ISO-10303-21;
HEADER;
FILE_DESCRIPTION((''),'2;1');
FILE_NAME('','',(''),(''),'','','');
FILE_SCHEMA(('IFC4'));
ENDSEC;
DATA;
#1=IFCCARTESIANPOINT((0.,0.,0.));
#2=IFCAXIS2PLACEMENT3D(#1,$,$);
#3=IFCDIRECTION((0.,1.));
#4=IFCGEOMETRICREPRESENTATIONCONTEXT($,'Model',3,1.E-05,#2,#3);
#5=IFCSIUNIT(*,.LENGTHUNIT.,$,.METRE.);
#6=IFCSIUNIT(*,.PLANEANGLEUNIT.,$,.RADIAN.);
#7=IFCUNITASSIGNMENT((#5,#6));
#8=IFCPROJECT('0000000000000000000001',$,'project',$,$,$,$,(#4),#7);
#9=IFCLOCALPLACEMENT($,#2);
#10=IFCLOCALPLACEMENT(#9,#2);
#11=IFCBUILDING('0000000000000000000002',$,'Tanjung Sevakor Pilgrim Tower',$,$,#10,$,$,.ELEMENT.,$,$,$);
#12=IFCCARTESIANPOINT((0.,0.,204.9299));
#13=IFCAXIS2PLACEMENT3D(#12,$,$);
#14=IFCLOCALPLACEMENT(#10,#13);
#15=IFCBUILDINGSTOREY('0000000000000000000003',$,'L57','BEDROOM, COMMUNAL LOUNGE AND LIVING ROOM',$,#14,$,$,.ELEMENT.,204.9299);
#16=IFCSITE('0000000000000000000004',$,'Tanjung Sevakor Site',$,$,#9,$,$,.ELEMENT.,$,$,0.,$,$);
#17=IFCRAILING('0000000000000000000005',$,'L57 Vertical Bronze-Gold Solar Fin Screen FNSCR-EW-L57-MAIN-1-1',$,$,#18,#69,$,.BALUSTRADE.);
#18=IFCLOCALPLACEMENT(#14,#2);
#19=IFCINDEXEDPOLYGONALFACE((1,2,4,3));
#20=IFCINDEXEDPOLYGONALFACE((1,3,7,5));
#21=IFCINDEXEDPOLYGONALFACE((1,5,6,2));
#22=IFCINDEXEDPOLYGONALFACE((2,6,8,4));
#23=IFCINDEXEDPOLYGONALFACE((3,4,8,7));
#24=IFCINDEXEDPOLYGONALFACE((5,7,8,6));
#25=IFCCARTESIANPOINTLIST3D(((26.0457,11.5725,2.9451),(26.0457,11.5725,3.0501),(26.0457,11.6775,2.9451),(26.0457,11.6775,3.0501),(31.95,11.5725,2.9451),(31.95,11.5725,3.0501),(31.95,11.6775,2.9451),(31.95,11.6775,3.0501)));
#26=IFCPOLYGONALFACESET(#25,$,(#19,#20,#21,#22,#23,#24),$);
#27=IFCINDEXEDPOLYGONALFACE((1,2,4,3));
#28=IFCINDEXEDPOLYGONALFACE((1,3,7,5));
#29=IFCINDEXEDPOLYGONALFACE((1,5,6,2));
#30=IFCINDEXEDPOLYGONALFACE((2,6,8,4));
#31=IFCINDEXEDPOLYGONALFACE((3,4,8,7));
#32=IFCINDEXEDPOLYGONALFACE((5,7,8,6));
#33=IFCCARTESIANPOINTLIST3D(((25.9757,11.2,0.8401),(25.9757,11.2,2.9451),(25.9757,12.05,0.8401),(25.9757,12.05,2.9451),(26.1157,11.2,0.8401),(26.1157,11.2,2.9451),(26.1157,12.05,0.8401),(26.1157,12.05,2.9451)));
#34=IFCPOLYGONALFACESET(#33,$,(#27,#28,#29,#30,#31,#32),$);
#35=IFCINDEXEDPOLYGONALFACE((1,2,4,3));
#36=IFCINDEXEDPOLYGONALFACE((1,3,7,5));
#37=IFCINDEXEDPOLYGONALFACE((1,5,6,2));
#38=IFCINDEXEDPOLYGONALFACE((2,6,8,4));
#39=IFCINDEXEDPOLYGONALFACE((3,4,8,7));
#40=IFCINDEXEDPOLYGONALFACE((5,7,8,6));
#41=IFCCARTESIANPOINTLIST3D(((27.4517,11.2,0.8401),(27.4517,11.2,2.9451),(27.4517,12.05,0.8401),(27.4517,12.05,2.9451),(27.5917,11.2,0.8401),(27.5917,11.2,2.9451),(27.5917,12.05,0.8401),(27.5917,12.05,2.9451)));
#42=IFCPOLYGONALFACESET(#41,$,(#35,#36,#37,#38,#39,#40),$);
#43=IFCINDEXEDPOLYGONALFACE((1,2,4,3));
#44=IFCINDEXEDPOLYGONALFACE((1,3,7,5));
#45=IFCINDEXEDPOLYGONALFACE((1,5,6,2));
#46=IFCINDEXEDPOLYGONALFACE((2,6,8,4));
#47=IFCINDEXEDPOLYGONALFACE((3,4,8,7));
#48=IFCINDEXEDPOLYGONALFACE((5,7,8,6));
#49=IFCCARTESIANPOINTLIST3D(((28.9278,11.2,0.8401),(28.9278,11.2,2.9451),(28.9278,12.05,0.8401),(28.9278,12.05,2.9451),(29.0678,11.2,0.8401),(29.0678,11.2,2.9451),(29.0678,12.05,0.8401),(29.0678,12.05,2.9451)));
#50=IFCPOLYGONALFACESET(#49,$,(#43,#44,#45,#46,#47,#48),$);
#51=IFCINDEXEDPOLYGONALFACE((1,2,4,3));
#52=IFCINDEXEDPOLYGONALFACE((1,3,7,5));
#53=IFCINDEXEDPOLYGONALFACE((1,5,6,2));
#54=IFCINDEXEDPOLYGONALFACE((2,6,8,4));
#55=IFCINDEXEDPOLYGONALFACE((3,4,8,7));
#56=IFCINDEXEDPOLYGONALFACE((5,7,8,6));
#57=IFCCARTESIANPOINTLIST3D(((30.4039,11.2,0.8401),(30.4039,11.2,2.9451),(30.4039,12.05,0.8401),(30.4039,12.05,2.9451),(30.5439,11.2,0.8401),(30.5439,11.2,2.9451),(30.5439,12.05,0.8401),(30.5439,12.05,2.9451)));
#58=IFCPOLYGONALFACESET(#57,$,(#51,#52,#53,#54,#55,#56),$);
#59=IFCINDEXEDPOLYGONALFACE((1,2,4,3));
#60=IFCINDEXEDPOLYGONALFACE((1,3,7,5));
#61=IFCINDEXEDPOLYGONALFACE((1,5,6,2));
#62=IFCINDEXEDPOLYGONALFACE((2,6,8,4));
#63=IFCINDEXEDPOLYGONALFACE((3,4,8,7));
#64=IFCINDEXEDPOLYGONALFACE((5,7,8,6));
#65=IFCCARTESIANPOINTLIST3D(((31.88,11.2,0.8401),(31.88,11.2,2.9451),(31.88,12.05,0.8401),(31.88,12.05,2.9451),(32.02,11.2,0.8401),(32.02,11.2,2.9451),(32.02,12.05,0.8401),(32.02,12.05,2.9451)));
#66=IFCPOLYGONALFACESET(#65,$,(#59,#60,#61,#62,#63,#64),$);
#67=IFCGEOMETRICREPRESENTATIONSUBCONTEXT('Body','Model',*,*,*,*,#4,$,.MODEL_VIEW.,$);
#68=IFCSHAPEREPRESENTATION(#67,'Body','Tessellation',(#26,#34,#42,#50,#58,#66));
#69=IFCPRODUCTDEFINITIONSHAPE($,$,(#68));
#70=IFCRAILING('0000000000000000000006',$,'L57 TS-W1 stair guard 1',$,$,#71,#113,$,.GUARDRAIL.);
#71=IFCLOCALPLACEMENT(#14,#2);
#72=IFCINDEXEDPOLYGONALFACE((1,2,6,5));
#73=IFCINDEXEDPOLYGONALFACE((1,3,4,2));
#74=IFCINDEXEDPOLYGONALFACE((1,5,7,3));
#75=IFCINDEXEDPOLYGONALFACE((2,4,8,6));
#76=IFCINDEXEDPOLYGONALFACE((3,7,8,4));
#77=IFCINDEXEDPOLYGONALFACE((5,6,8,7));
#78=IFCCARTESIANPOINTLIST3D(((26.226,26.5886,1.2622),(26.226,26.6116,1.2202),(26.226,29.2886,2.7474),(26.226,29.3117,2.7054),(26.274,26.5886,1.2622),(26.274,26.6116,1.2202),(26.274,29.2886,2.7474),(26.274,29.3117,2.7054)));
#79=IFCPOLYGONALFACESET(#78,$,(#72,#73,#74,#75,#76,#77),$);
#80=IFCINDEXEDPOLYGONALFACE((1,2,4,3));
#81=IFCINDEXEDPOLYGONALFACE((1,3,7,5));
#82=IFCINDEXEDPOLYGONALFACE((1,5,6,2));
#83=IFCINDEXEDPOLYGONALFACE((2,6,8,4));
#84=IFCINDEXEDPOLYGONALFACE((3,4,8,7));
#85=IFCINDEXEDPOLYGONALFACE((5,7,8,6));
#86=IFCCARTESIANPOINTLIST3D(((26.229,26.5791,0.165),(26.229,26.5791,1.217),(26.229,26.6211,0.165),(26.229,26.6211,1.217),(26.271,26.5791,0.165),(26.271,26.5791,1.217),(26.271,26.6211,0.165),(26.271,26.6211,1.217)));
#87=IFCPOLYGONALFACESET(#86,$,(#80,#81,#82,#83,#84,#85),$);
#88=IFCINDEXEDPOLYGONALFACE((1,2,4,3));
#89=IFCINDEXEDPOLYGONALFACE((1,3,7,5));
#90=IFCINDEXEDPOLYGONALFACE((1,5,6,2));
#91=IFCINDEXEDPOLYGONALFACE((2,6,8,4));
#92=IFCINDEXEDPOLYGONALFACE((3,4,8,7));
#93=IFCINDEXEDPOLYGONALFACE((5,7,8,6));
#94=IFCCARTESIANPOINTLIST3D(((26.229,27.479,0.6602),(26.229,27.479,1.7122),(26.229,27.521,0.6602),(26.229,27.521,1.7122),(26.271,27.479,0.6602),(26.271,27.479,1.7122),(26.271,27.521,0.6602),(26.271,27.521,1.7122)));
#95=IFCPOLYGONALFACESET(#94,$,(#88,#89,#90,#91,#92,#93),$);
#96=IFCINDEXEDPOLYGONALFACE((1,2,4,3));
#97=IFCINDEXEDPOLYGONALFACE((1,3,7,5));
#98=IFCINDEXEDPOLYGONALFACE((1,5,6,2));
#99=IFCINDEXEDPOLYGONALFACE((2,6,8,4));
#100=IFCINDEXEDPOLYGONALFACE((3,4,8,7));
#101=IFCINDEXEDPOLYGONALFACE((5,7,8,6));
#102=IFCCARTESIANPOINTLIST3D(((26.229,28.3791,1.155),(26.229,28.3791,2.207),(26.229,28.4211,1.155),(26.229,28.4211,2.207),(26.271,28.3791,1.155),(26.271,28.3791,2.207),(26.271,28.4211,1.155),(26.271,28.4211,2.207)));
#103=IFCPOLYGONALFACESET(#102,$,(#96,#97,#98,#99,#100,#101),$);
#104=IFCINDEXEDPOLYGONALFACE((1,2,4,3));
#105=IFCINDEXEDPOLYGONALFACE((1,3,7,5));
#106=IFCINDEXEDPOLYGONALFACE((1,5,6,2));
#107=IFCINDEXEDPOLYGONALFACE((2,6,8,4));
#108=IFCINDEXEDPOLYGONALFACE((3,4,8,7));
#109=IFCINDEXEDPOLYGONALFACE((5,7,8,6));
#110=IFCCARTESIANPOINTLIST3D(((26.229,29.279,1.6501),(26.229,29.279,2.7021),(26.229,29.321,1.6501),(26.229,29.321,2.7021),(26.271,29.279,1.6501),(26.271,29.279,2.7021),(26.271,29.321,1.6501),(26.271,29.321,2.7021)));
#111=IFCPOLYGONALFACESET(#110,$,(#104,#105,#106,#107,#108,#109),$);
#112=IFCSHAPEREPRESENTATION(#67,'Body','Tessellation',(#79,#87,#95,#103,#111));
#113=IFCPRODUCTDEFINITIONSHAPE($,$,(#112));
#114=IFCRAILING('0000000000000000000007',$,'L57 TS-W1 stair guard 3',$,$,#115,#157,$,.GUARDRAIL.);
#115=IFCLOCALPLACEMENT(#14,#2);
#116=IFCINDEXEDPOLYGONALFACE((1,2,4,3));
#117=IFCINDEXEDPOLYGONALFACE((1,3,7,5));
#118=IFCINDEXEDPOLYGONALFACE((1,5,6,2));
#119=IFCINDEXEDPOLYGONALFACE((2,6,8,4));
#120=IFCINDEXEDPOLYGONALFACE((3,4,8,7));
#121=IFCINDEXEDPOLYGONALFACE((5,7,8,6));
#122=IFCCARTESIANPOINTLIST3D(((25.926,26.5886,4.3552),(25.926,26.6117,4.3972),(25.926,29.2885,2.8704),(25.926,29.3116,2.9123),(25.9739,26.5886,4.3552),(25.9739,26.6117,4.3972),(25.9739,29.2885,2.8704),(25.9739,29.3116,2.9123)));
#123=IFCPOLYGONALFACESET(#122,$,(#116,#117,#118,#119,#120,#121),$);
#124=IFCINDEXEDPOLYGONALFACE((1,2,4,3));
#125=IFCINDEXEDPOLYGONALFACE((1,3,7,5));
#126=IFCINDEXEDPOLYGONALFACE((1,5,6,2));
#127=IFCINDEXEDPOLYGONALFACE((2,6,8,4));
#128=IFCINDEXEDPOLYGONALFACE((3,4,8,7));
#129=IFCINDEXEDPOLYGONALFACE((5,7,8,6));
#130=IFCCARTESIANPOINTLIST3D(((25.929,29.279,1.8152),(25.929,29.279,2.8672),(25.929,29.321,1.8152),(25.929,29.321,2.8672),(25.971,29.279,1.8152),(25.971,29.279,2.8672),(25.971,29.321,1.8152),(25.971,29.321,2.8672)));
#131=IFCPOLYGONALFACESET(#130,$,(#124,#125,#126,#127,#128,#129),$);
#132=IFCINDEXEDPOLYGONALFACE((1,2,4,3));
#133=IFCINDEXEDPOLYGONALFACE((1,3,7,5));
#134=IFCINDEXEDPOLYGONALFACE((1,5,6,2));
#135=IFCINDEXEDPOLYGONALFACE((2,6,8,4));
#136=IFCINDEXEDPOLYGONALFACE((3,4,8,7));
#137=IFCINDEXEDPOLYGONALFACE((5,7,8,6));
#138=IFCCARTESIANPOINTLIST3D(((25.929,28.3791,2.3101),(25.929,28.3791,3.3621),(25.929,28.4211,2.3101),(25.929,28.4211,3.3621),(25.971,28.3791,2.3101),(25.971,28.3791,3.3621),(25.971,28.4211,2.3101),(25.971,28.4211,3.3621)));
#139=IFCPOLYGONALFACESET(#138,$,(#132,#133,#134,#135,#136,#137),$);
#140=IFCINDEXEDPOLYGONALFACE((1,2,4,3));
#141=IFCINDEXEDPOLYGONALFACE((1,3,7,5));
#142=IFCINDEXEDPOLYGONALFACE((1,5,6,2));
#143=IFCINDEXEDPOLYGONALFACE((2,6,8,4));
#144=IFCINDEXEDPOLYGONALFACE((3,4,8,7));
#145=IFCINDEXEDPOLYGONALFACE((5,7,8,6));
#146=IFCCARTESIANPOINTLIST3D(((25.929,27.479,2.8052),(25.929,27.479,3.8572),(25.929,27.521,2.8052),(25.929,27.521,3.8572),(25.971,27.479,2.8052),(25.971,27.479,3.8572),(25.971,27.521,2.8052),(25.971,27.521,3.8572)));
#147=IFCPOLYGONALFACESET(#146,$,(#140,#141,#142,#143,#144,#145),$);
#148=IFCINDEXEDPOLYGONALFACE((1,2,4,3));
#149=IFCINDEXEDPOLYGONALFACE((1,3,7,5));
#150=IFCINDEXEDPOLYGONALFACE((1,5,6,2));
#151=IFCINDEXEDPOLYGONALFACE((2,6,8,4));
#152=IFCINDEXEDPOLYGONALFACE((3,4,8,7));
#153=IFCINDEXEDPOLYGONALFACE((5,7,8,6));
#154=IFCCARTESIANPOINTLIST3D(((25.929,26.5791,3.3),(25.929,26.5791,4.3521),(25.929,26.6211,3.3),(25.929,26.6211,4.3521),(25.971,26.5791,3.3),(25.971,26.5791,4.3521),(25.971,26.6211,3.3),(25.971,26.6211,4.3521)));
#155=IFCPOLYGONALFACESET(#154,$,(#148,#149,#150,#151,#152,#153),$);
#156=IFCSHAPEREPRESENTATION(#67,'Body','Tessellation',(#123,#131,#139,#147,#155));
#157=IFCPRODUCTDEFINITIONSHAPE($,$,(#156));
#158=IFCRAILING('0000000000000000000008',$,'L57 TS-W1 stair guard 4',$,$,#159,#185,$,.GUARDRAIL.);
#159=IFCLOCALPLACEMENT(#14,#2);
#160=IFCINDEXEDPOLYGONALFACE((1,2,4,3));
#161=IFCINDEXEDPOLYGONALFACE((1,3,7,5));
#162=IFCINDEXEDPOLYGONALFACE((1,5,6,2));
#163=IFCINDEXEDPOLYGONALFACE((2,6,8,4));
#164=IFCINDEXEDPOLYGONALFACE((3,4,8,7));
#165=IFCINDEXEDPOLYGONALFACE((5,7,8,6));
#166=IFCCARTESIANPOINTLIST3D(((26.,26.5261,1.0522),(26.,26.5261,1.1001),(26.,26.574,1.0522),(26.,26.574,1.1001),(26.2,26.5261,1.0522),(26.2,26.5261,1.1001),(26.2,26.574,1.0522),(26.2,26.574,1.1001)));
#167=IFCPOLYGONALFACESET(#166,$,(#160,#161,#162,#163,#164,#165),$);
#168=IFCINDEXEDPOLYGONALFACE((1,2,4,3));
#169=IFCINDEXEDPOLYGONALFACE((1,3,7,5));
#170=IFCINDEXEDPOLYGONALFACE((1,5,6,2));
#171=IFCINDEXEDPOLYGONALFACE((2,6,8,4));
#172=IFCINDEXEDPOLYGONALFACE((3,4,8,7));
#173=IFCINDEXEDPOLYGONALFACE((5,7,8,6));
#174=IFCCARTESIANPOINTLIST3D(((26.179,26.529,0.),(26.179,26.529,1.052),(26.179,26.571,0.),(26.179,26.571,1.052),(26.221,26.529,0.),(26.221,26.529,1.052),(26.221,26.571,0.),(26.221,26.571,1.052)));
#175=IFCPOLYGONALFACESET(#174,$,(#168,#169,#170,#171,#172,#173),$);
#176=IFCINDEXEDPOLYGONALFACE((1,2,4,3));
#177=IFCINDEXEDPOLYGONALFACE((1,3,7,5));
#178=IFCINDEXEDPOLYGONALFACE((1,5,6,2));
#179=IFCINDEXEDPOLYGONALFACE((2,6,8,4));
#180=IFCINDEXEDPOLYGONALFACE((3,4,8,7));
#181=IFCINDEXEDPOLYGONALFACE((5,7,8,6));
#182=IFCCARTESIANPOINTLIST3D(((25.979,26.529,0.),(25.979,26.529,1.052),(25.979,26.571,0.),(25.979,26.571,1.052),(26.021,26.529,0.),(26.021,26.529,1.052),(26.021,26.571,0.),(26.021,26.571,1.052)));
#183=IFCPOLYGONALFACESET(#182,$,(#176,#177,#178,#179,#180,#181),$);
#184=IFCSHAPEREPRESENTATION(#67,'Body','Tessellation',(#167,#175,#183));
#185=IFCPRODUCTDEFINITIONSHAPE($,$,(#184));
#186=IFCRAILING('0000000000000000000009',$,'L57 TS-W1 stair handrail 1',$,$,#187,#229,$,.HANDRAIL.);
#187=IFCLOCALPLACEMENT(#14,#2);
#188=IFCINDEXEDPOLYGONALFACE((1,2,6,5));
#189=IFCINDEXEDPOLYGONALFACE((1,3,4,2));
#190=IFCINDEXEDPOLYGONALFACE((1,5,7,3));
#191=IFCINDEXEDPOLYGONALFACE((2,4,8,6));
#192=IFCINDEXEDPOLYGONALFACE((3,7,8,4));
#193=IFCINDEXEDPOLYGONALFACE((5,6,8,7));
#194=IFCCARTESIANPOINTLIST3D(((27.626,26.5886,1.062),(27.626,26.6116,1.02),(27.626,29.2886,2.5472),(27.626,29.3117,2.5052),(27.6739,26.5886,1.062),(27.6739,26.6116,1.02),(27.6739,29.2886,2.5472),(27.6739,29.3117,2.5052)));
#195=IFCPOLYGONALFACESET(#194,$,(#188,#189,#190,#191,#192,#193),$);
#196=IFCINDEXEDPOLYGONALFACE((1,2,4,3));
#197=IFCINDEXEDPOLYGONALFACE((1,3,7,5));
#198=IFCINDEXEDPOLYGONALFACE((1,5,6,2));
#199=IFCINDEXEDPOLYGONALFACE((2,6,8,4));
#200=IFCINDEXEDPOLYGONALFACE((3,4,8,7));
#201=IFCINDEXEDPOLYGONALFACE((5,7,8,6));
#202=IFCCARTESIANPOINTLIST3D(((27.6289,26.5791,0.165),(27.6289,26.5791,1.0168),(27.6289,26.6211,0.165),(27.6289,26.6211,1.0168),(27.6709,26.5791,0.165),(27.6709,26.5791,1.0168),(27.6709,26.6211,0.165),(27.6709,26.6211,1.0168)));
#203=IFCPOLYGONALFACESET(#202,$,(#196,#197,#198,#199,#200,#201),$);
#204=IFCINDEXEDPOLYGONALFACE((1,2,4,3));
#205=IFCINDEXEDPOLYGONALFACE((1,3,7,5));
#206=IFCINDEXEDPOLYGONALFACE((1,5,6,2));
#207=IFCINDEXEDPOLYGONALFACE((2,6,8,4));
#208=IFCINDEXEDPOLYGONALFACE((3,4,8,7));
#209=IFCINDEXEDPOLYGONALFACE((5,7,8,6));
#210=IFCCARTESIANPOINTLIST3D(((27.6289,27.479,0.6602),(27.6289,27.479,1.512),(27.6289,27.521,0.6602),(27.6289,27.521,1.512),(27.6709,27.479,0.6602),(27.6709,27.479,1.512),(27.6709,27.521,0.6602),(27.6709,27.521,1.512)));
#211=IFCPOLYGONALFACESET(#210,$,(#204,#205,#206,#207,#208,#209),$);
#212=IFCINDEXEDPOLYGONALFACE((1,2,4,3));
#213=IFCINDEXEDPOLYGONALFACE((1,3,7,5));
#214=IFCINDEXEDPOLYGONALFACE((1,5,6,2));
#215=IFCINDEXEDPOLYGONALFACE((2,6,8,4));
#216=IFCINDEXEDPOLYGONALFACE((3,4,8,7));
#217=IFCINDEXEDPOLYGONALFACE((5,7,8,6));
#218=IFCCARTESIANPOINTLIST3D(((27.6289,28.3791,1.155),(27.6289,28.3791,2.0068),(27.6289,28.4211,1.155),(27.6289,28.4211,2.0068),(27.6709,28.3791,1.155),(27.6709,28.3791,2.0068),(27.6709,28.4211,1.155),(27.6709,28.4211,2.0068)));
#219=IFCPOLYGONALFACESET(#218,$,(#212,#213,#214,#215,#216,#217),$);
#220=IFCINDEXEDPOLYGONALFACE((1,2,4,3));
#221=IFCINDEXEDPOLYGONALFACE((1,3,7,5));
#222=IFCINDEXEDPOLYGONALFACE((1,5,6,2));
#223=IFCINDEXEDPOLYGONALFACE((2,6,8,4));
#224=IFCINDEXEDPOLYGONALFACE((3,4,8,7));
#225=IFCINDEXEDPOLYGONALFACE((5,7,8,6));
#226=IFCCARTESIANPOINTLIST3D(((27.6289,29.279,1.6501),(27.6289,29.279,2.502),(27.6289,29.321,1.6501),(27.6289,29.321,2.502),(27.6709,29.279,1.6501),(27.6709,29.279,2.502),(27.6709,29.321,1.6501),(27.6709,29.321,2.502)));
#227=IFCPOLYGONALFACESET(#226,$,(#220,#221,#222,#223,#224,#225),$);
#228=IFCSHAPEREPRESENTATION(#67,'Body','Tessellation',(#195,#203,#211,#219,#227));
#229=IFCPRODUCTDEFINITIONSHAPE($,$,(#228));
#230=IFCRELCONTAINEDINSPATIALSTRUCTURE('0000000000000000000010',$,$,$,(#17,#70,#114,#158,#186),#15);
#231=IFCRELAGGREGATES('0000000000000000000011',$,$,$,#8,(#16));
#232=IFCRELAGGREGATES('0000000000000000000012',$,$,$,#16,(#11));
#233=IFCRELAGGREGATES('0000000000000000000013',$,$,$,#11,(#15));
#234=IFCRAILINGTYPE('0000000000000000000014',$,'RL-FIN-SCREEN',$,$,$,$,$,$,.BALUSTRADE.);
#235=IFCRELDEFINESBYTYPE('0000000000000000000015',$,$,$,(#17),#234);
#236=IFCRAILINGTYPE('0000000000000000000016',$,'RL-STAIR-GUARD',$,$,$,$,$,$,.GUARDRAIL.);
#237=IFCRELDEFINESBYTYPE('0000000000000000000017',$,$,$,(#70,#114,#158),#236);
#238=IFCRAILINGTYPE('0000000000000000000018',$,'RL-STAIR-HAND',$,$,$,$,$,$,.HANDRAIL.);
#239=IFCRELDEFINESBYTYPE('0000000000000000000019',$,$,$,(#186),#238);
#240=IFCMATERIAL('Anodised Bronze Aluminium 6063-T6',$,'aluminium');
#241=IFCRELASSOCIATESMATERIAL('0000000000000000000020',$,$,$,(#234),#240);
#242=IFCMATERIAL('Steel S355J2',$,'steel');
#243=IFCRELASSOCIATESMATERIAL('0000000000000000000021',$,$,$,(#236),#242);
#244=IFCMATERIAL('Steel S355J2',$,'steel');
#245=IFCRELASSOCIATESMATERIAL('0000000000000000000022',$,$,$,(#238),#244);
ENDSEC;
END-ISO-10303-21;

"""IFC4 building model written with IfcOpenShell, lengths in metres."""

from ifc_helpers import new_model, si_unit, direction, frame, origin, place, context, subcontext, project, spatial, rectangle, extrude, material, type_object, element, save


model = new_model("IFC4")

# Units and contexts
model_context = context("Model", 3, precision=1e-05, world=origin(), true_north=direction((0.0, 1.0)))
body_context = subcontext(model_context, "Body", "Model", "MODEL_VIEW")
ifc_project = project(units=[si_unit("LENGTHUNIT", "METRE"), si_unit("PLANEANGLEUNIT", "RADIAN")], contexts=[model_context])

# Site, building, storey
site_placement = place(None, origin())
site = spatial("IfcSite", under=ifc_project, at=site_placement, Name="Tanjung Sevakor Site", CompositionType="ELEMENT", RefElevation=0.0)
building_placement = place(site_placement, origin())
building = spatial("IfcBuilding", under=site, at=building_placement, Name="Tanjung Sevakor Pilgrim Tower", CompositionType="ELEMENT")
storey_placement = place(building_placement, frame((0.0, 0.0, 204.9299)))
storey = spatial("IfcBuildingStorey", under=building, at=storey_placement, Name="L57", Description="BEDROOM, COMMUNAL LOUNGE AND LIVING ROOM", CompositionType="ELEMENT", Elevation=204.9299)

# Railings
ifc_material_1 = material(Name="Anodised Bronze Aluminium 6063-T6", Category="aluminium")
railing_type_1 = type_object("IfcRailingType", Name="RL-FIN-SCREEN", PredefinedType="BALUSTRADE", material=ifc_material_1)
railing_1_placement = place(storey_placement, frame((26.0457, 11.625, 0.8401)))
element("IfcRailing", 1, at=railing_1_placement, inside=storey, type_object=railing_type_1, Name="L57 Vertical Bronze-Gold Solar Fin Screen FNSCR-EW-L57-MAIN-1-1", PredefinedType="BALUSTRADE", context=body_context, shape_type="SweptSolid", body=[
    extrude(rectangle(XDim=0.105, YDim=0.105), frame((0.0, 0.0, 2.1575), z_axis=(1.0, 0.0, 0.0), x_axis=(0.0, 1.0, 0.0)), (0.0, 0.0, 1.0), 5.9043),
    extrude(rectangle(XDim=0.14, YDim=0.85), origin(), (0.0, 0.0, 1.0), 2.105),
    extrude(rectangle(XDim=0.14, YDim=0.85), frame((1.4761, 0.0, 0.0)), (0.0, 0.0, 1.0), 2.105),
    extrude(rectangle(XDim=0.14, YDim=0.85), frame((2.9521, 0.0, 0.0)), (0.0, 0.0, 1.0), 2.105),
    extrude(rectangle(XDim=0.14, YDim=0.85), frame((4.4282, 0.0, 0.0)), (0.0, 0.0, 1.0), 2.105),
    extrude(rectangle(XDim=0.14, YDim=0.85), frame((5.9043, 0.0, 0.0)), (0.0, 0.0, 1.0), 2.105),
])
ifc_material_2 = material(Name="Steel S355J2", Category="steel")
railing_type_2 = type_object("IfcRailingType", Name="RL-STAIR-GUARD", PredefinedType="GUARDRAIL", material=ifc_material_2)
railing_2_placement = place(storey_placement, frame((26.25, 26.6001, 0.165)))
element("IfcRailing", 2, at=railing_2_placement, inside=storey, type_object=railing_type_2, Name="L57 TS-W1 stair guard 1", PredefinedType="GUARDRAIL", context=body_context, shape_type="SweptSolid", body=[
    extrude(rectangle(XDim=0.0479, YDim=0.0479), frame((0.0, 0.0, 1.0762), z_axis=(0.0, 0.876198, 0.481952), x_axis=(-1.0, 0.0, 0.0)), (0.0, 0.0, 1.0), 3.0815),
    extrude(rectangle(XDim=0.042, YDim=0.042), origin(), (0.0, 0.0, 1.0), 1.052),
    extrude(rectangle(XDim=0.042, YDim=0.042), frame((0.0, 0.8999, 0.4951)), (0.0, 0.0, 1.0), 1.052),
    extrude(rectangle(XDim=0.042, YDim=0.042), frame((0.0, 1.8, 0.99)), (0.0, 0.0, 1.0), 1.052),
    extrude(rectangle(XDim=0.042, YDim=0.042), frame((0.0, 2.7, 1.4851)), (0.0, 0.0, 1.0), 1.052),
])
railing_3_placement = place(storey_placement, frame((25.95, 29.3, 1.8152)))
element("IfcRailing", 3, at=railing_3_placement, inside=storey, type_object=railing_type_2, Name="L57 TS-W1 stair guard 3", PredefinedType="GUARDRAIL", context=body_context, shape_type="SweptSolid", body=[
    extrude(rectangle(XDim=0.0479, YDim=0.0479), frame((0.0, 0.0, 1.0762), z_axis=(0.0, -0.876231, 0.481891), x_axis=(1.0, 0.0, 0.0)), (0.0, 0.0, 1.0), 3.0813),
    extrude(rectangle(XDim=0.042, YDim=0.042), origin(), (0.0, 0.0, 1.0), 1.052),
    extrude(rectangle(XDim=0.042, YDim=0.042), frame((0.0, -0.8999, 0.4949)), (0.0, 0.0, 1.0), 1.052),
    extrude(rectangle(XDim=0.042, YDim=0.042), frame((0.0, -1.8, 0.99)), (0.0, 0.0, 1.0), 1.052),
    extrude(rectangle(XDim=0.042, YDim=0.042), frame((0.0, -2.7, 1.4849)), (0.0, 0.0, 1.0), 1.052),
])
railing_4_placement = place(storey_placement, frame((26.2, 26.55, 0.0)))
element("IfcRailing", 4, at=railing_4_placement, inside=storey, type_object=railing_type_2, Name="L57 TS-W1 stair guard 4", PredefinedType="GUARDRAIL", context=body_context, shape_type="SweptSolid", body=[
    extrude(rectangle(XDim=0.0479, YDim=0.0479), frame((0.0, 0.0, 1.0762), z_axis=(-1.0, 0.0, 0.0), x_axis=(0.0, -1.0, 0.0)), (0.0, 0.0, 1.0), 0.2),
    extrude(rectangle(XDim=0.042, YDim=0.042), origin(), (0.0, 0.0, 1.0), 1.052),
    extrude(rectangle(XDim=0.042, YDim=0.042), frame((-0.2, 0.0, 0.0)), (0.0, 0.0, 1.0), 1.052),
])
ifc_material_3 = material(Name="Steel S355J2", Category="steel")
railing_type_3 = type_object("IfcRailingType", Name="RL-STAIR-HAND", PredefinedType="HANDRAIL", material=ifc_material_3)
railing_5_placement = place(storey_placement, frame((27.6499, 26.6001, 0.165)))
element("IfcRailing", 5, at=railing_5_placement, inside=storey, type_object=railing_type_3, Name="L57 TS-W1 stair handrail 1", PredefinedType="HANDRAIL", context=body_context, shape_type="SweptSolid", body=[
    extrude(rectangle(XDim=0.0479, YDim=0.0479), frame((0.0, 0.0, 0.876), z_axis=(0.0, 0.876198, 0.481952), x_axis=(-1.0, 0.0, 0.0)), (0.0, 0.0, 1.0), 3.0815),
    extrude(rectangle(XDim=0.042, YDim=0.042), origin(), (0.0, 0.0, 1.0), 0.8518),
    extrude(rectangle(XDim=0.042, YDim=0.042), frame((0.0, 0.8999, 0.4951)), (0.0, 0.0, 1.0), 0.8518),
    extrude(rectangle(XDim=0.042, YDim=0.042), frame((0.0, 1.8, 0.99)), (0.0, 0.0, 1.0), 0.8518),
    extrude(rectangle(XDim=0.042, YDim=0.042), frame((0.0, 2.7, 1.4851)), (0.0, 0.0, 1.0), 0.8518),
])

save(model, "model.ifc")
